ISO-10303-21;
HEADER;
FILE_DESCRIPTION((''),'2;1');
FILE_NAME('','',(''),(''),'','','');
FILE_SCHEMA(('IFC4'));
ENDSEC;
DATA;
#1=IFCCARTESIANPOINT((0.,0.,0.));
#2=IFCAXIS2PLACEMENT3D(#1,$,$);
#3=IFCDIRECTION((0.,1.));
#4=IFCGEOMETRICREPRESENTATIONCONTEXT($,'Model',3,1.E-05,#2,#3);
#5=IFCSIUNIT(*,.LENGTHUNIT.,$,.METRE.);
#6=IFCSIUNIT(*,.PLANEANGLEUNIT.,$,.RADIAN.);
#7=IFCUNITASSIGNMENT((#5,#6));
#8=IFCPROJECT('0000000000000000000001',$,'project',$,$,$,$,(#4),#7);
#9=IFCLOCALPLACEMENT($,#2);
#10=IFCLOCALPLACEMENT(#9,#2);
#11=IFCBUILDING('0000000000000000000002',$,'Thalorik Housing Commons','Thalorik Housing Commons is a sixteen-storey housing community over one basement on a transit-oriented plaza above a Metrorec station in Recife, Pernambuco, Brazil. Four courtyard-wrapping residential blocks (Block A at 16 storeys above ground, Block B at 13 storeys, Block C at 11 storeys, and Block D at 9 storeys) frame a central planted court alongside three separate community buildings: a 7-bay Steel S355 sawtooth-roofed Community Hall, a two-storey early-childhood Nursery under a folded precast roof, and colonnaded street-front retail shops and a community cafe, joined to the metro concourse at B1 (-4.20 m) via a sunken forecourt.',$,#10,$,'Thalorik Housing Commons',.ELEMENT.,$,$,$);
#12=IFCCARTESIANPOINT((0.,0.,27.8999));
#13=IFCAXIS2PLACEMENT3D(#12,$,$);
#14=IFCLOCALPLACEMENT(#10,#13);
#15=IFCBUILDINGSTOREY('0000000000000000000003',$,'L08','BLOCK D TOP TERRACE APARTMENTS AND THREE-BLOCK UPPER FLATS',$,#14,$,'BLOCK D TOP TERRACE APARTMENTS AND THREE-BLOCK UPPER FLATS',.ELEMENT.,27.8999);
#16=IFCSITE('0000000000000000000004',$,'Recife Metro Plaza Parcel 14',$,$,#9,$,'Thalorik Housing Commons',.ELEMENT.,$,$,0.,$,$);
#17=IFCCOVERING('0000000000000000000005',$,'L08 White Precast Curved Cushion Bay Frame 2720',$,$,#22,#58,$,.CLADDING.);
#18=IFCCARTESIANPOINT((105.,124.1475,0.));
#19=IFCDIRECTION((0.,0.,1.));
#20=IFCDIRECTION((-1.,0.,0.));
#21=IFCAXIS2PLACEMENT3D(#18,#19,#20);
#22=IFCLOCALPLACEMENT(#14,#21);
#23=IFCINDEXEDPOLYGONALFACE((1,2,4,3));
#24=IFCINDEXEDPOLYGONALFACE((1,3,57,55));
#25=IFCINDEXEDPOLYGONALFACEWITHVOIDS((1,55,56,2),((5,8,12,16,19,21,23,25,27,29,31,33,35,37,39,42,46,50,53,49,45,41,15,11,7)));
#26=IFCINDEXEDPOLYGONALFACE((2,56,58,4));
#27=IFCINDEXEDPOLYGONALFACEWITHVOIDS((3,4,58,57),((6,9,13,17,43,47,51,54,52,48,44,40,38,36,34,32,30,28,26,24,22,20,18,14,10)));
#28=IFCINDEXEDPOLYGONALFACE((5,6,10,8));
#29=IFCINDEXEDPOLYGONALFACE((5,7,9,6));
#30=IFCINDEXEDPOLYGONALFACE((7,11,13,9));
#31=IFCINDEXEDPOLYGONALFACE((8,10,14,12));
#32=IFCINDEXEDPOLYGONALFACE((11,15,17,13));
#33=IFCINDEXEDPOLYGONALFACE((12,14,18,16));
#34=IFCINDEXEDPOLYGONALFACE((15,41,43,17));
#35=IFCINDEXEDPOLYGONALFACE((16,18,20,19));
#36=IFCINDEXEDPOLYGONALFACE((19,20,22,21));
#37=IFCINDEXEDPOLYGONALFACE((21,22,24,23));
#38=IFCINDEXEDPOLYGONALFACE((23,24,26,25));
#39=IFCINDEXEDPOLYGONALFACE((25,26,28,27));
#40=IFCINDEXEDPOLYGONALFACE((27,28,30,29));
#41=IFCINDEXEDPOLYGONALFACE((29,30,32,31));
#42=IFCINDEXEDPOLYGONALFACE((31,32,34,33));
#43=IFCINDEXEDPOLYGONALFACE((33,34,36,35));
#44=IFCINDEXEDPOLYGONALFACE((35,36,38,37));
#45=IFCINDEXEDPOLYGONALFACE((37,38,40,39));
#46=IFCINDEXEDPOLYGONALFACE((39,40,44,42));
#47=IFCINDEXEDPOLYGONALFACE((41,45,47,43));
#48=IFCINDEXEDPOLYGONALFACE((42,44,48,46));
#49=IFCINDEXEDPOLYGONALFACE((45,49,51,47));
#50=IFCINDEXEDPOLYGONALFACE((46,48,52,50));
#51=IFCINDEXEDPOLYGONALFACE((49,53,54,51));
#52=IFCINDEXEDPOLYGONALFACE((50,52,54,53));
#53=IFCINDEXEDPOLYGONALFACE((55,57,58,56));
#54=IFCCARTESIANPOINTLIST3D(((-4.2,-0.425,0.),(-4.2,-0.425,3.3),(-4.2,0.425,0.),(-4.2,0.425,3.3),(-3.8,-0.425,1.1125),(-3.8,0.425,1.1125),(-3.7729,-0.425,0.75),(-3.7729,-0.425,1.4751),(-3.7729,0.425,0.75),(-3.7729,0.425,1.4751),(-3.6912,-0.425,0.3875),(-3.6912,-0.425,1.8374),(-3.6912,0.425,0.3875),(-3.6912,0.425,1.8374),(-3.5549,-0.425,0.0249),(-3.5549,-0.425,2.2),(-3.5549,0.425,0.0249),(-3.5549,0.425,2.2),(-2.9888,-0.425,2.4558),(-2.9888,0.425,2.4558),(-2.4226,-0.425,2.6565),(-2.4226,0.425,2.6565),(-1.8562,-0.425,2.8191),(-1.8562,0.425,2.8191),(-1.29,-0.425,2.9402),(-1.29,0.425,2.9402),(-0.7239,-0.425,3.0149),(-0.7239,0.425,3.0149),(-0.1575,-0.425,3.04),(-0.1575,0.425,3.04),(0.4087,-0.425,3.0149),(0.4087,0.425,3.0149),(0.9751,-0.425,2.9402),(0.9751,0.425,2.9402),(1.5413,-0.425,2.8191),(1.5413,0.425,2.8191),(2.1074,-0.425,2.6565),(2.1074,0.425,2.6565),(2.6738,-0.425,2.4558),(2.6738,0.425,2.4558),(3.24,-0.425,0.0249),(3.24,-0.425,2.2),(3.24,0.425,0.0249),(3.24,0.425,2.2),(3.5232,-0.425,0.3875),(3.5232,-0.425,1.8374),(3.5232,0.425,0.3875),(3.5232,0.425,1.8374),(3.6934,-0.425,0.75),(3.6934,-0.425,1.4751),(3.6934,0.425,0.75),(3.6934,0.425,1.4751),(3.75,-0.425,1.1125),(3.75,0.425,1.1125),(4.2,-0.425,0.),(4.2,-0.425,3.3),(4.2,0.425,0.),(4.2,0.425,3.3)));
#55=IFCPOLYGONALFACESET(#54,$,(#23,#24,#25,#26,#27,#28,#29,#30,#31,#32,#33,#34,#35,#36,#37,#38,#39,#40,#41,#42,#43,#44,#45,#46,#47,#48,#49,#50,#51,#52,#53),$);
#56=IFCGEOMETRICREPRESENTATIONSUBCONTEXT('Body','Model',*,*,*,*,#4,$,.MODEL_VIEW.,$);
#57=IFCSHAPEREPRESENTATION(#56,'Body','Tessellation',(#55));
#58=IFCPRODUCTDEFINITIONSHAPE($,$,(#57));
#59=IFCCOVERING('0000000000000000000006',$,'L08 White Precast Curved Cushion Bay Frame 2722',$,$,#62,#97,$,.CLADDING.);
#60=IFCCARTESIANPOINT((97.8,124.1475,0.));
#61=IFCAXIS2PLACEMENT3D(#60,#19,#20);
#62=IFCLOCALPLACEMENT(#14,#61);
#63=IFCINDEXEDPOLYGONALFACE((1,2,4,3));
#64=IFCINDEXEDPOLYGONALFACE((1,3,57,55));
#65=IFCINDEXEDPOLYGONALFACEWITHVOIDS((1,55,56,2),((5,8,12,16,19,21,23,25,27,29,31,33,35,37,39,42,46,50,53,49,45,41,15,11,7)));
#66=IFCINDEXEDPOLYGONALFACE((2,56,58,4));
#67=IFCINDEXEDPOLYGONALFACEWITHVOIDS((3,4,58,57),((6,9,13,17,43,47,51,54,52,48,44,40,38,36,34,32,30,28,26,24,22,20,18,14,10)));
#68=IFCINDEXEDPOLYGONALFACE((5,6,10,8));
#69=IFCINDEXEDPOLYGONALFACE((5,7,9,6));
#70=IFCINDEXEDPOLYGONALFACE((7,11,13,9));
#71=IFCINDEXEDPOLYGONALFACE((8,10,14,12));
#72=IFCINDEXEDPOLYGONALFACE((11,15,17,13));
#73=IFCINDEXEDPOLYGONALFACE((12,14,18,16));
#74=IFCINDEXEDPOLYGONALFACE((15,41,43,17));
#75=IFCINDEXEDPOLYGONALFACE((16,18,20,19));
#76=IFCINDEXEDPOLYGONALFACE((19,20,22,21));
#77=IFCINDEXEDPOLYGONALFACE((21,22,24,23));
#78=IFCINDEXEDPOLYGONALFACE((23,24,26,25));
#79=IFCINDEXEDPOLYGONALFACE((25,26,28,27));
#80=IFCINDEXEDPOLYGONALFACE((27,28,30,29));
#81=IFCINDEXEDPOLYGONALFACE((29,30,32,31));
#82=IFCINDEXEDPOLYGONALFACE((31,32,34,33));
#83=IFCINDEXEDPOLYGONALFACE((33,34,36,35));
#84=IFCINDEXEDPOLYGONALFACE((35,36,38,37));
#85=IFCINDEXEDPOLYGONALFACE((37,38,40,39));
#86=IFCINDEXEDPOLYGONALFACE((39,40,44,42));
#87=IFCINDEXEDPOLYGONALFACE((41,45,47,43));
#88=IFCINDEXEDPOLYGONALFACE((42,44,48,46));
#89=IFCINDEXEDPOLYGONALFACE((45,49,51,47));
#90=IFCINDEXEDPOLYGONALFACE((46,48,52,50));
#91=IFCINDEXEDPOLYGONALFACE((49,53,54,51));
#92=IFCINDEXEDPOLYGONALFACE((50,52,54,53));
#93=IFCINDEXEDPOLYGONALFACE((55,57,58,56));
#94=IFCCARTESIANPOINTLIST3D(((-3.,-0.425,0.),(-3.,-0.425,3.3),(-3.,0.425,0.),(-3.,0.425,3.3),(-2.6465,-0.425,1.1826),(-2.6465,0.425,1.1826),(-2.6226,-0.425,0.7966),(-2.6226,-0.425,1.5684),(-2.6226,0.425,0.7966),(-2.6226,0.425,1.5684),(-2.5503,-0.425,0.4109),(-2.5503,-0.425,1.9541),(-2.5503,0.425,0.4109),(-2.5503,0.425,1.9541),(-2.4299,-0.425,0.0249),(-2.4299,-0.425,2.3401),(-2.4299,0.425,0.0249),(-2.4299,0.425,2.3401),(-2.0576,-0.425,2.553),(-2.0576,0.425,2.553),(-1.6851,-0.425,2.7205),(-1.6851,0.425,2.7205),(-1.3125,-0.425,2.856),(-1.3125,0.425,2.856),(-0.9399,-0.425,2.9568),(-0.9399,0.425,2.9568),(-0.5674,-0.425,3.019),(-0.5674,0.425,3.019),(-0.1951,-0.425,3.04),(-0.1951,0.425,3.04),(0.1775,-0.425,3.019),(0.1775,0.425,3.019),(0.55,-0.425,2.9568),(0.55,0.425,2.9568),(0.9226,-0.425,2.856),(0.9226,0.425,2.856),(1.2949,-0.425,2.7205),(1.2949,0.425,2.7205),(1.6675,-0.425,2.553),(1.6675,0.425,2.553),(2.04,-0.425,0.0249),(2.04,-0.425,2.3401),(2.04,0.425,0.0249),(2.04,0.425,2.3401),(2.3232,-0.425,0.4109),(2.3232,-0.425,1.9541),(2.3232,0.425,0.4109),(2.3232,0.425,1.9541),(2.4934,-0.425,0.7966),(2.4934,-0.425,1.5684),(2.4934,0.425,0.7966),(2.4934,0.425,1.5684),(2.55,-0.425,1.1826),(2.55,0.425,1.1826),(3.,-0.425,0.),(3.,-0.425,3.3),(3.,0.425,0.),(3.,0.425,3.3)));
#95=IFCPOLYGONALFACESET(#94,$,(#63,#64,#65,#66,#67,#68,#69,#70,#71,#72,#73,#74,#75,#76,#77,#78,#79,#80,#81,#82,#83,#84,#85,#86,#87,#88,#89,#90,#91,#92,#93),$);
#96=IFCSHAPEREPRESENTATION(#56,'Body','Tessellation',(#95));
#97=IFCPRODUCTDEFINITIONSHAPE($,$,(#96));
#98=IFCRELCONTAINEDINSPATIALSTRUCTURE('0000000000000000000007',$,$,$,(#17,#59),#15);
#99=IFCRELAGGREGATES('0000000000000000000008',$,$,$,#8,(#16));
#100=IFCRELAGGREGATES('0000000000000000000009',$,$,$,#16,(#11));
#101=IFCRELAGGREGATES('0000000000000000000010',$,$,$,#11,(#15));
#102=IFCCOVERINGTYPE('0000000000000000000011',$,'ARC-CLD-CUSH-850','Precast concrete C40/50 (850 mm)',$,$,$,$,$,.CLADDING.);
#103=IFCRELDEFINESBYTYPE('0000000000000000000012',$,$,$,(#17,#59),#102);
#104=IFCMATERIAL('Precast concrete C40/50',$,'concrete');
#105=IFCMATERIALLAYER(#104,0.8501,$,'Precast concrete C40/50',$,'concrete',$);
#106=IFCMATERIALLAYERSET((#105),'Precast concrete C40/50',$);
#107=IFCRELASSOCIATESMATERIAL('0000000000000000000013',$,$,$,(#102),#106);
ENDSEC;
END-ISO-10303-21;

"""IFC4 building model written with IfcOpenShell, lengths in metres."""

from ifc_helpers import new_model, si_unit, direction, frame, origin, place, context, subcontext, project, spatial, polyline, outline, extrude, material, layer, layer_set, type_object, element, save


model = new_model("IFC4")

# Units and contexts
model_context = context("Model", 3, precision=1e-05, world=origin(), true_north=direction((0.0, 1.0)))
body_context = subcontext(model_context, "Body", "Model", "MODEL_VIEW")
ifc_project = project(units=[si_unit("LENGTHUNIT", "METRE"), si_unit("PLANEANGLEUNIT", "RADIAN")], contexts=[model_context])

# Site, building, storey
site_placement = place(None, origin())
site = spatial("IfcSite", under=ifc_project, at=site_placement, Name="Recife Metro Plaza Parcel 14", LongName="Thalorik Housing Commons", CompositionType="ELEMENT", RefElevation=0.0)
building_placement = place(site_placement, origin())
building = spatial("IfcBuilding", under=site, at=building_placement, Name="Thalorik Housing Commons", Description="Thalorik Housing Commons is a sixteen-storey housing community over one basement on a transit-oriented plaza above a Metrorec station in Recife, Pernambuco, Brazil. Four courtyard-wrapping residential blocks (Block A at 16 storeys above ground, Block B at 13 storeys, Block C at 11 storeys, and Block D at 9 storeys) frame a central planted court alongside three separate community buildings: a 7-bay Steel S355 sawtooth-roofed Community Hall, a two-storey early-childhood Nursery under a folded precast roof, and colonnaded street-front retail shops and a community cafe, joined to the metro concourse at B1 (-4.20 m) via a sunken forecourt.", LongName="Thalorik Housing Commons", CompositionType="ELEMENT")
storey_placement = place(building_placement, frame((0.0, 0.0, 27.8999)))
storey = spatial("IfcBuildingStorey", under=building, at=storey_placement, Name="L08", Description="BLOCK D TOP TERRACE APARTMENTS AND THREE-BLOCK UPPER FLATS", LongName="BLOCK D TOP TERRACE APARTMENTS AND THREE-BLOCK UPPER FLATS", CompositionType="ELEMENT", Elevation=27.8999)

# Shared definitions
ifc_material_1 = material(Name="Precast concrete C40/50", Category="concrete")

# Coverings
ifc_layer_1 = layer(ifc_material_1, 0.8501, Name="Precast concrete C40/50", Category="concrete")
ifc_layer_set_1 = layer_set([ifc_layer_1], Name="Precast concrete C40/50")
covering_type_1 = type_object("IfcCoveringType", Name="ARC-CLD-CUSH-850", Description="Precast concrete C40/50 (850 mm)", PredefinedType="CLADDING", material=ifc_layer_set_1)
covering_1_placement = place(storey_placement, frame((105.0, 124.1475, 0.0), z_axis=(0.0, 0.0, 1.0), x_axis=(-1.0, 0.0, 0.0)))
element("IfcCovering", 1, at=covering_1_placement, inside=storey, type_object=covering_type_1, Name="L08 White Precast Curved Cushion Bay Frame 2720", PredefinedType="CLADDING", context=body_context, shape_type="SweptSolid", body=[
    extrude(outline(polyline([(-4.2, 0.0), (4.2, 0.0), (4.2, 3.3), (-4.2, 3.3), (-4.2, 0.0)]), holes=[polyline([(3.24, 0.0249), (3.5232, 0.3875), (3.6934, 0.75), (3.75, 1.1125), (3.6934, 1.4751), (3.5232, 1.8374), (3.24, 2.2), (2.6738, 2.4558), (2.1074, 2.6565), (1.5413, 2.8191), (0.9751, 2.9402), (0.4087, 3.0149), (-0.1575, 3.04), (-0.7239, 3.0149), (-1.29, 2.9402), (-1.8562, 2.8191), (-2.4226, 2.6565), (-2.9888, 2.4558), (-3.5549, 2.2), (-3.6912, 1.8374), (-3.7729, 1.4751), (-3.8, 1.1125), (-3.7729, 0.75), (-3.6912, 0.3875), (-3.5549, 0.0249), (3.24, 0.0249)])]), frame((0.0, 0.425, 0.0), z_axis=(0.0, -1.0, 0.0), x_axis=(1.0, 0.0, 0.0)), (0.0, 0.0, 1.0), 0.8501),
])
covering_2_placement = place(storey_placement, frame((97.8, 124.1475, 0.0), z_axis=(0.0, 0.0, 1.0), x_axis=(-1.0, 0.0, 0.0)))
element("IfcCovering", 2, at=covering_2_placement, inside=storey, type_object=covering_type_1, Name="L08 White Precast Curved Cushion Bay Frame 2722", PredefinedType="CLADDING", context=body_context, shape_type="SweptSolid", body=[
    extrude(outline(polyline([(-3.0, 0.0), (3.0, 0.0), (3.0, 3.3), (-3.0, 3.3), (-3.0, 0.0)]), holes=[polyline([(2.04, 0.0249), (2.3232, 0.4109), (2.4934, 0.7966), (2.55, 1.1826), (2.4934, 1.5684), (2.3232, 1.9541), (2.04, 2.3401), (1.6675, 2.553), (1.2949, 2.7205), (0.9226, 2.856), (0.55, 2.9568), (0.1775, 3.019), (-0.1951, 3.04), (-0.5674, 3.019), (-0.9399, 2.9568), (-1.3125, 2.856), (-1.6851, 2.7205), (-2.0576, 2.553), (-2.4299, 2.3401), (-2.5503, 1.9541), (-2.6226, 1.5684), (-2.6465, 1.1826), (-2.6226, 0.7966), (-2.5503, 0.4109), (-2.4299, 0.0249), (2.04, 0.0249)])]), frame((0.0, 0.425, 0.0), z_axis=(0.0, -1.0, 0.0), x_axis=(1.0, 0.0, 0.0)), (0.0, 0.0, 1.0), 0.8501),
])

save(model, "model.ifc")
